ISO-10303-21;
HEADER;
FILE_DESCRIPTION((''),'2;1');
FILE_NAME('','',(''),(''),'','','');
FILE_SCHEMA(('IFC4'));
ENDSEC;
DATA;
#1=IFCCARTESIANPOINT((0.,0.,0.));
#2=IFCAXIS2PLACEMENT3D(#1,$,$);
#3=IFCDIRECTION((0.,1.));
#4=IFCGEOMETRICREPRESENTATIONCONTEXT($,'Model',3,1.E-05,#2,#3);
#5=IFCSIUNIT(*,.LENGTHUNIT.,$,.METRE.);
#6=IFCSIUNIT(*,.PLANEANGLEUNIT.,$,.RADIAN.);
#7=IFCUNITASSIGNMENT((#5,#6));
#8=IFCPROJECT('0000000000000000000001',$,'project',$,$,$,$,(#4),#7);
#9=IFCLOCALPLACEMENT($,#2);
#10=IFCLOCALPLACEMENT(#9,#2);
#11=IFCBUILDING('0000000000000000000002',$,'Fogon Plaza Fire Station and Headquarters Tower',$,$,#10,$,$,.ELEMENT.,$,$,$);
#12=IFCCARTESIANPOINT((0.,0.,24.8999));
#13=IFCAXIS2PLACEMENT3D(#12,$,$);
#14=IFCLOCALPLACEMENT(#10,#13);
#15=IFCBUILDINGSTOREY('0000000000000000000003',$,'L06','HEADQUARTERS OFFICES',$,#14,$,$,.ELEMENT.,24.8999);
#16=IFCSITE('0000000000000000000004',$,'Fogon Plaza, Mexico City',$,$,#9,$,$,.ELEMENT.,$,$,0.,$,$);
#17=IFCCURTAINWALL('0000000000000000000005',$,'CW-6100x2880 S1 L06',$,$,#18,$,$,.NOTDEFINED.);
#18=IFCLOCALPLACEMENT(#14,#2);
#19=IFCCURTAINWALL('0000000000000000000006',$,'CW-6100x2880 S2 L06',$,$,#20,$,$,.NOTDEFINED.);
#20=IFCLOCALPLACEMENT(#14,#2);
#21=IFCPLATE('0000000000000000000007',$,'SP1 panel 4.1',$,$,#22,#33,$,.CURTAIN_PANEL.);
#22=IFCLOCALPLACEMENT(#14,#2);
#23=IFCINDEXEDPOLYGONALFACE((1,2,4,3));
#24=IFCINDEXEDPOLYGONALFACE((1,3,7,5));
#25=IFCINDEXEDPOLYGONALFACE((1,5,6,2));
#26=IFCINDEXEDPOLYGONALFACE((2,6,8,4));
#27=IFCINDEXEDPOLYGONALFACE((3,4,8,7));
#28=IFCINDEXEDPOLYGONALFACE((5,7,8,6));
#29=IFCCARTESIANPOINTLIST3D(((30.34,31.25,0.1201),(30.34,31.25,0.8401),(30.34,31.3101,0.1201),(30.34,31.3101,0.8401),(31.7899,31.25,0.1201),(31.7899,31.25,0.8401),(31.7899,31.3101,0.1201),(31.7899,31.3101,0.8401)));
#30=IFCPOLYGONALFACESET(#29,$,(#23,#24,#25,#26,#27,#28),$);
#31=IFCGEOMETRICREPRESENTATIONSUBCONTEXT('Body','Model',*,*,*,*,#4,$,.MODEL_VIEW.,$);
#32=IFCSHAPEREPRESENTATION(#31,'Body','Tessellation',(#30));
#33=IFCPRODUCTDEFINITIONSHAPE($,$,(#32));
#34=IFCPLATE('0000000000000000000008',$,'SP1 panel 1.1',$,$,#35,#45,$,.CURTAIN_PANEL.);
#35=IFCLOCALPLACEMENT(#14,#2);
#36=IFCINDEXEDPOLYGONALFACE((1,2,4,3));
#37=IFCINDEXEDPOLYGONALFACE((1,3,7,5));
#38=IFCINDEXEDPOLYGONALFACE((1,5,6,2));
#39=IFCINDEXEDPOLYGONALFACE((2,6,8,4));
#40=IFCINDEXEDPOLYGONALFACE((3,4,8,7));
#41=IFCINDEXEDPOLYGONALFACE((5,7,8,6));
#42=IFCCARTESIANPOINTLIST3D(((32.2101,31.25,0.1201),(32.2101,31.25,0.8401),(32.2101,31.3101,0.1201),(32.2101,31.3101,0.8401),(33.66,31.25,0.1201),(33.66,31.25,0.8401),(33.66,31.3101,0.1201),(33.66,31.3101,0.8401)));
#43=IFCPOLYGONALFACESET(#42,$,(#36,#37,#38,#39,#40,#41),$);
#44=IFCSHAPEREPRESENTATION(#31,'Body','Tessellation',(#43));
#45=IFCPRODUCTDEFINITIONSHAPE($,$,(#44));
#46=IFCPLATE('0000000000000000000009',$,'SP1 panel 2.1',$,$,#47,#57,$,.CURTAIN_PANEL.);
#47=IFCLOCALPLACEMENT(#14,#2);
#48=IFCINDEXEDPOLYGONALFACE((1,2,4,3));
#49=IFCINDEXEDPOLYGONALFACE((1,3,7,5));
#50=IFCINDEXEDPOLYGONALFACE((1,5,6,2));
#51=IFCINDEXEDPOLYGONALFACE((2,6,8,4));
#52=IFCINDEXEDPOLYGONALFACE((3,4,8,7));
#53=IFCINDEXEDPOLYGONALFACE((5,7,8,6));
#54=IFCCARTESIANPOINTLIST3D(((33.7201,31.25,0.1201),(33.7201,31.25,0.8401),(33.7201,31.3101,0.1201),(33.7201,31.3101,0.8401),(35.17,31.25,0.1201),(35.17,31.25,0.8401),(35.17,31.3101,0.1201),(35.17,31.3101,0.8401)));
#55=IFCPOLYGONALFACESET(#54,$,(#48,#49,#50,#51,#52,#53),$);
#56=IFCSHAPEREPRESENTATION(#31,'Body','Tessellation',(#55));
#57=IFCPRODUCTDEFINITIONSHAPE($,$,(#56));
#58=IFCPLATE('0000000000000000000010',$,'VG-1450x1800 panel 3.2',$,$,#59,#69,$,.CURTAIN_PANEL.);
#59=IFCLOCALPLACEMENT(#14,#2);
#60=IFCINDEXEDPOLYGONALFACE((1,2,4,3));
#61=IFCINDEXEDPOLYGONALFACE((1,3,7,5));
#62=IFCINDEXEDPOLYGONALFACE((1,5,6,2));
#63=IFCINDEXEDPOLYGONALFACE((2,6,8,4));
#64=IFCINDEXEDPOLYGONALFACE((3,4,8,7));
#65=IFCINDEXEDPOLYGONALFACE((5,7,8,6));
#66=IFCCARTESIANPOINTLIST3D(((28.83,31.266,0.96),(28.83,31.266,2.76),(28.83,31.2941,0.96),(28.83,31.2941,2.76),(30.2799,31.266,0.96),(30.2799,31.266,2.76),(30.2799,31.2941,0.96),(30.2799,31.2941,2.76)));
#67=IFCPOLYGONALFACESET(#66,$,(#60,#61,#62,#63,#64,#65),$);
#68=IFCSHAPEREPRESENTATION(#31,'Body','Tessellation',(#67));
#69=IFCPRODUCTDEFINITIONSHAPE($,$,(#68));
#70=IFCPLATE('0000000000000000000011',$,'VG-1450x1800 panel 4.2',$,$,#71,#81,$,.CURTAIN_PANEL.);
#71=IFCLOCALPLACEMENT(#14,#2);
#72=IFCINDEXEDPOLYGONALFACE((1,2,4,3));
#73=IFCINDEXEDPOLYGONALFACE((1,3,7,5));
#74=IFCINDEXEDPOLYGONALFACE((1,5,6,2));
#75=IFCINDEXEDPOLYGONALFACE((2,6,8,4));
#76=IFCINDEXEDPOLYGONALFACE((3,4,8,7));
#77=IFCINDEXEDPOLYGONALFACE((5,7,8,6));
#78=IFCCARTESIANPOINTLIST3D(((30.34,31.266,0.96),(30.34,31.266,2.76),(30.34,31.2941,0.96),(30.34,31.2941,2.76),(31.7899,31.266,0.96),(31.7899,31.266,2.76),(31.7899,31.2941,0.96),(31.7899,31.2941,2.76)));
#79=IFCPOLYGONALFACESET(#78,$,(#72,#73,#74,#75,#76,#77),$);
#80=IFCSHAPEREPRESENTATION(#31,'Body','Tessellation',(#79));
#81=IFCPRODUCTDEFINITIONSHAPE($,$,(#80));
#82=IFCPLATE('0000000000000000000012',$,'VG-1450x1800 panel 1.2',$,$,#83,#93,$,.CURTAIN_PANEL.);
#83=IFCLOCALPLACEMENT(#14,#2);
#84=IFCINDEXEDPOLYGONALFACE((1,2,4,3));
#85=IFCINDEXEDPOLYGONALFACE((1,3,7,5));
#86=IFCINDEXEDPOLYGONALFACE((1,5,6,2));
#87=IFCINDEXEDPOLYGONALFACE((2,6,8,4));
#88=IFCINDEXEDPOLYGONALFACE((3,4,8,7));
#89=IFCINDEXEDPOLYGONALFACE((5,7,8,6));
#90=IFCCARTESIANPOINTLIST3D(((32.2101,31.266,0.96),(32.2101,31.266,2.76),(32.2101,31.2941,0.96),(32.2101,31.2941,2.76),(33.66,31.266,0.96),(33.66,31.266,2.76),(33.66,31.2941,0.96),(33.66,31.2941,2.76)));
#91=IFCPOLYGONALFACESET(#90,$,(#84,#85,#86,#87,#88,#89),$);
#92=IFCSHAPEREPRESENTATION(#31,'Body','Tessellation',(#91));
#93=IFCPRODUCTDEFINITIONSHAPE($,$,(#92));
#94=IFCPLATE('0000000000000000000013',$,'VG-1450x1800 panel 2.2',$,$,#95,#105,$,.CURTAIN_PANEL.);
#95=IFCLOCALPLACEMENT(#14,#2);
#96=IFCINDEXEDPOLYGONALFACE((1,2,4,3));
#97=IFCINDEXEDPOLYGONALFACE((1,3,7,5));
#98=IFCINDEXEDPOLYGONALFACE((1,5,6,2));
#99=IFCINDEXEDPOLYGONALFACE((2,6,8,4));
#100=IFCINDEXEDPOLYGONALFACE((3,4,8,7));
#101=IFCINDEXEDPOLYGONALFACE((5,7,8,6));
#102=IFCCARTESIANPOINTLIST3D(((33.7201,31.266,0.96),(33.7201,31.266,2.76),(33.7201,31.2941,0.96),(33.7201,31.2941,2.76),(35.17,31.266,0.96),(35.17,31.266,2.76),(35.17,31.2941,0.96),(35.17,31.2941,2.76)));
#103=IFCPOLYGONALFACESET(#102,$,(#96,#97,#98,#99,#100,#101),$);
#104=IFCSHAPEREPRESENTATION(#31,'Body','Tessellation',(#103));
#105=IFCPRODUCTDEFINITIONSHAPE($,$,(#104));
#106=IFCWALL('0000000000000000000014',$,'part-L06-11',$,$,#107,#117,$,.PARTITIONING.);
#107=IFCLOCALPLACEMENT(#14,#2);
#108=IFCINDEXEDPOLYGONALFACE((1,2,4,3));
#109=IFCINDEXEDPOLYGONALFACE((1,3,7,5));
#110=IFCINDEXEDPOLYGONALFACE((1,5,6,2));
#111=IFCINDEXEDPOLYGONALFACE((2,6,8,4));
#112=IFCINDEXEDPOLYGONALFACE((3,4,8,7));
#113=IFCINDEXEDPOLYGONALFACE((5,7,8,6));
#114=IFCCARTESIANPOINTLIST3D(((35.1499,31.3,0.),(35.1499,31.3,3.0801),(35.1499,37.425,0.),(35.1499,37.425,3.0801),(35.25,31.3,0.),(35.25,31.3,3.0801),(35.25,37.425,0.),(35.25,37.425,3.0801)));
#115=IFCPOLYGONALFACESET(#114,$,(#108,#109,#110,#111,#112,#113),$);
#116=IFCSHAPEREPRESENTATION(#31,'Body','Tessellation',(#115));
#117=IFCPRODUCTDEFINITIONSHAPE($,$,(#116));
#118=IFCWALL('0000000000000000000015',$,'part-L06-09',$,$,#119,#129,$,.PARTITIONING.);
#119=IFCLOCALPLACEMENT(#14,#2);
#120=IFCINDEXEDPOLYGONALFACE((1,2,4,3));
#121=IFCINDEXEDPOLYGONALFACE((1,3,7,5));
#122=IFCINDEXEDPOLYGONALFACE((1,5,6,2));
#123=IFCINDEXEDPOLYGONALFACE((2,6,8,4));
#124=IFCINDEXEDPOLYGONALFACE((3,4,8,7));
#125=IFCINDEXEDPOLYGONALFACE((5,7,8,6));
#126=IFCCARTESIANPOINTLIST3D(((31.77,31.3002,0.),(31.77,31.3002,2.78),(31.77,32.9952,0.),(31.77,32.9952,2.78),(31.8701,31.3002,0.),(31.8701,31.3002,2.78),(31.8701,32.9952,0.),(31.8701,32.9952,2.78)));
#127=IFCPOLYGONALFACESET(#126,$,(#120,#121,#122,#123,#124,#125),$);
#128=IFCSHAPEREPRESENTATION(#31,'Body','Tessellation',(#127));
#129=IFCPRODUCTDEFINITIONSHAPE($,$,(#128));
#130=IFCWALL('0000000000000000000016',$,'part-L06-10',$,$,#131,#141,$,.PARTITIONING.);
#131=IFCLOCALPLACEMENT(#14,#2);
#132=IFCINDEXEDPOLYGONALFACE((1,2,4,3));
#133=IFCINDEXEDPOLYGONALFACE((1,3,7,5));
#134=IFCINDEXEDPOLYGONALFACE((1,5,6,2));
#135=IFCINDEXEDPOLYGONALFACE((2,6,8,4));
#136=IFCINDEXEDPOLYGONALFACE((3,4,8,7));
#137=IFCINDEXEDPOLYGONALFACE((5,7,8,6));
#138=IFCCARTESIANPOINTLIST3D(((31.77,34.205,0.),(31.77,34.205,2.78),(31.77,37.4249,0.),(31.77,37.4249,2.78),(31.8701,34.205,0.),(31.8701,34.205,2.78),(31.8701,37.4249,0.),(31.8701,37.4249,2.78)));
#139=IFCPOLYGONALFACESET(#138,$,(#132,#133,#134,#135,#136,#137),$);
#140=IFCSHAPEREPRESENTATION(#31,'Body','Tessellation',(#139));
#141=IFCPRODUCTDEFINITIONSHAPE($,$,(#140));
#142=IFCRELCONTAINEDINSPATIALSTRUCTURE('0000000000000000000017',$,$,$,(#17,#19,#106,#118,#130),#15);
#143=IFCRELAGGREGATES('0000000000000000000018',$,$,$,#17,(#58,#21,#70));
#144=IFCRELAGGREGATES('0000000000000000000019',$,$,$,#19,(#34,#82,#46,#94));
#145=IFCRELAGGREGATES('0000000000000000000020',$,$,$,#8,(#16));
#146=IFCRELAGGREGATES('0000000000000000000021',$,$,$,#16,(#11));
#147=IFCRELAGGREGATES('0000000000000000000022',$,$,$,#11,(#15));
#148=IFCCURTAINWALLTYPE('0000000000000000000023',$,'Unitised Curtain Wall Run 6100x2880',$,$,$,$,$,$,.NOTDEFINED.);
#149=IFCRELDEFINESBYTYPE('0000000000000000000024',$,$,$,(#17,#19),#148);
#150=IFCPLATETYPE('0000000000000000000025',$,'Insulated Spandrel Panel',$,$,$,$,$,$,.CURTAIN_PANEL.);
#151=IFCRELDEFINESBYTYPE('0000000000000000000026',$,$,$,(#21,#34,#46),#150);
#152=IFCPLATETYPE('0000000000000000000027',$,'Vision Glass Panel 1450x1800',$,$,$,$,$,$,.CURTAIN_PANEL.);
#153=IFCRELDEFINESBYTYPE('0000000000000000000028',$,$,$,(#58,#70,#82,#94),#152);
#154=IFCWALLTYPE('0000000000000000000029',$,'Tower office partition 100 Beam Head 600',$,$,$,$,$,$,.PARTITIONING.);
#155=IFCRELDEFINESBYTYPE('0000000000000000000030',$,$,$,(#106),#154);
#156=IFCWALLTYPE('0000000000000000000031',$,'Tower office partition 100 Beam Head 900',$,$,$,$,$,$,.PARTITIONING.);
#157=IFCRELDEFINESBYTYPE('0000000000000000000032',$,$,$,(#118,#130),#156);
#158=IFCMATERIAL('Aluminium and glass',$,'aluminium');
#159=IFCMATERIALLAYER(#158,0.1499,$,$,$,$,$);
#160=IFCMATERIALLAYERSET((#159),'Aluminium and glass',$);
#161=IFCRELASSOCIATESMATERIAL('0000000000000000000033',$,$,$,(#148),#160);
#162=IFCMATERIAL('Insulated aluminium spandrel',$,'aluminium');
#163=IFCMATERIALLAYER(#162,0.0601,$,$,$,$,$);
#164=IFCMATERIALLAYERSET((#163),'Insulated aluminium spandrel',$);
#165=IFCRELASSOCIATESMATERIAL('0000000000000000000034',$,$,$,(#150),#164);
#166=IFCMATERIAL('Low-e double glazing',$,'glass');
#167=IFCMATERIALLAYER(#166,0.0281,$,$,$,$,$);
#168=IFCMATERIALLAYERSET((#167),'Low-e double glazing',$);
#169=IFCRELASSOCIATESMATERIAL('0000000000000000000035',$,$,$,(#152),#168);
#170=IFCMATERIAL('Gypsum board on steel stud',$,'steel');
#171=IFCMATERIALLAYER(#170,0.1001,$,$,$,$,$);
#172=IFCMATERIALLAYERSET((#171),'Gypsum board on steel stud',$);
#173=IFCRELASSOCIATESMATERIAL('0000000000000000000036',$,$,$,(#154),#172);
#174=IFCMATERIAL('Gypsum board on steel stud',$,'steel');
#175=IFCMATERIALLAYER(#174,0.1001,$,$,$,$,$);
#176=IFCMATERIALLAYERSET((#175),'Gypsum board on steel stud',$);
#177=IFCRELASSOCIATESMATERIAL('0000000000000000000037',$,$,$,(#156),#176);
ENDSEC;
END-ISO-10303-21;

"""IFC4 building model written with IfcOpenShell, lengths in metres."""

from ifc_helpers import new_model, si_unit, direction, frame, frame_2d, origin, origin_2d, place, context, subcontext, project, spatial, rectangle, extrude, material, layer, layer_set, type_object, element, aggregate, save


model = new_model("IFC4")

# Units and contexts
model_context = context("Model", 3, precision=1e-05, world=origin(), true_north=direction((0.0, 1.0)))
body_context = subcontext(model_context, "Body", "Model", "MODEL_VIEW")
ifc_project = project(units=[si_unit("LENGTHUNIT", "METRE"), si_unit("PLANEANGLEUNIT", "RADIAN")], contexts=[model_context])

# Site, building, storey
site_placement = place(None, origin())
site = spatial("IfcSite", under=ifc_project, at=site_placement, Name="Fogon Plaza, Mexico City", CompositionType="ELEMENT", RefElevation=0.0)
building_placement = place(site_placement, origin())
building = spatial("IfcBuilding", under=site, at=building_placement, Name="Fogon Plaza Fire Station and Headquarters Tower", CompositionType="ELEMENT")
storey_placement = place(building_placement, frame((0.0, 0.0, 24.8999)))
storey = spatial("IfcBuildingStorey", under=building, at=storey_placement, Name="L06", Description="HEADQUARTERS OFFICES", CompositionType="ELEMENT", Elevation=24.8999)

# Curtain walls
ifc_material_1 = material(Name="Aluminium and glass", Category="aluminium")
ifc_layer_1 = layer(ifc_material_1, 0.1499)
ifc_layer_set_1 = layer_set([ifc_layer_1], Name="Aluminium and glass")
curtain_wall_type = type_object("IfcCurtainWallType", Name="Unitised Curtain Wall Run 6100x2880", PredefinedType="NOTDEFINED", material=ifc_layer_set_1)
curtain_wall_1_placement = place(storey_placement, origin())
curtain_wall_1 = element("IfcCurtainWall", 1, at=curtain_wall_1_placement, inside=storey, type_object=curtain_wall_type, Name="CW-6100x2880 S1 L06", PredefinedType="NOTDEFINED")
curtain_wall_2_placement = place(storey_placement, origin())
curtain_wall_2 = element("IfcCurtainWall", 2, at=curtain_wall_2_placement, inside=storey, type_object=curtain_wall_type, Name="CW-6100x2880 S2 L06", PredefinedType="NOTDEFINED")

# Plates
ifc_material_2 = material(Name="Insulated aluminium spandrel", Category="aluminium")
ifc_layer_2 = layer(ifc_material_2, 0.0601)
ifc_layer_set_2 = layer_set([ifc_layer_2], Name="Insulated aluminium spandrel")
plate_type_1 = type_object("IfcPlateType", Name="Insulated Spandrel Panel", PredefinedType="CURTAIN_PANEL", material=ifc_layer_set_2)
plate_1_placement = place(storey_placement, frame((31.0649, 31.28, 0.1201), z_axis=(0.0, 0.0, 1.0), x_axis=(1.0, 0.0, 0.0)))
plate_1 = element("IfcPlate", 3, at=plate_1_placement, type_object=plate_type_1, Name="SP1 panel 4.1", PredefinedType="CURTAIN_PANEL", context=body_context, shape_type="SweptSolid", body=[
    extrude(rectangle(XDim=1.45, YDim=0.0601, at=origin_2d()), origin(), (0.0, 0.0, 1.0), 0.72),
])
plate_2_placement = place(storey_placement, frame((32.9351, 31.28, 0.1201), z_axis=(0.0, 0.0, 1.0), x_axis=(1.0, 0.0, 0.0)))
plate_2 = element("IfcPlate", 4, at=plate_2_placement, type_object=plate_type_1, Name="SP1 panel 1.1", PredefinedType="CURTAIN_PANEL", context=body_context, shape_type="SweptSolid", body=[
    extrude(rectangle(XDim=1.45, YDim=0.0601, at=origin_2d()), origin(), (0.0, 0.0, 1.0), 0.72),
])
plate_3_placement = place(storey_placement, frame((34.4451, 31.28, 0.1201), z_axis=(0.0, 0.0, 1.0), x_axis=(1.0, 0.0, 0.0)))
plate_3 = element("IfcPlate", 5, at=plate_3_placement, type_object=plate_type_1, Name="SP1 panel 2.1", PredefinedType="CURTAIN_PANEL", context=body_context, shape_type="SweptSolid", body=[
    extrude(rectangle(XDim=1.45, YDim=0.0601, at=origin_2d()), origin(), (0.0, 0.0, 1.0), 0.72),
])
ifc_material_3 = material(Name="Low-e double glazing", Category="glass")
ifc_layer_3 = layer(ifc_material_3, 0.0281)
ifc_layer_set_3 = layer_set([ifc_layer_3], Name="Low-e double glazing")
plate_type_2 = type_object("IfcPlateType", Name="Vision Glass Panel 1450x1800", PredefinedType="CURTAIN_PANEL", material=ifc_layer_set_3)
plate_4_placement = place(storey_placement, frame((29.5549, 31.28, 0.96), z_axis=(0.0, 0.0, 1.0), x_axis=(1.0, 0.0, 0.0)))
plate_4 = element("IfcPlate", 6, at=plate_4_placement, type_object=plate_type_2, Name="VG-1450x1800 panel 3.2", PredefinedType="CURTAIN_PANEL", context=body_context, shape_type="SweptSolid", body=[
    extrude(rectangle(XDim=1.45, YDim=0.0281, at=origin_2d()), origin(), (0.0, 0.0, 1.0), 1.8),
])
plate_5_placement = place(storey_placement, frame((31.0649, 31.28, 0.96), z_axis=(0.0, 0.0, 1.0), x_axis=(1.0, 0.0, 0.0)))
plate_5 = element("IfcPlate", 7, at=plate_5_placement, type_object=plate_type_2, Name="VG-1450x1800 panel 4.2", PredefinedType="CURTAIN_PANEL", context=body_context, shape_type="SweptSolid", body=[
    extrude(rectangle(XDim=1.45, YDim=0.0281, at=origin_2d()), origin(), (0.0, 0.0, 1.0), 1.8),
])
aggregate(curtain_wall_1, [plate_4, plate_1, plate_5])
plate_6_placement = place(storey_placement, frame((32.9351, 31.28, 0.96), z_axis=(0.0, 0.0, 1.0), x_axis=(1.0, 0.0, 0.0)))
plate_6 = element("IfcPlate", 8, at=plate_6_placement, type_object=plate_type_2, Name="VG-1450x1800 panel 1.2", PredefinedType="CURTAIN_PANEL", context=body_context, shape_type="SweptSolid", body=[
    extrude(rectangle(XDim=1.45, YDim=0.0281, at=origin_2d()), origin(), (0.0, 0.0, 1.0), 1.8),
])
plate_7_placement = place(storey_placement, frame((34.4451, 31.28, 0.96), z_axis=(0.0, 0.0, 1.0), x_axis=(1.0, 0.0, 0.0)))
plate_7 = element("IfcPlate", 9, at=plate_7_placement, type_object=plate_type_2, Name="VG-1450x1800 panel 2.2", PredefinedType="CURTAIN_PANEL", context=body_context, shape_type="SweptSolid", body=[
    extrude(rectangle(XDim=1.45, YDim=0.0281, at=origin_2d()), origin(), (0.0, 0.0, 1.0), 1.8),
])
aggregate(curtain_wall_2, [plate_2, plate_6, plate_3, plate_7])

# Walls
ifc_material_4 = material(Name="Gypsum board on steel stud", Category="steel")
ifc_layer_4 = layer(ifc_material_4, 0.1001)
ifc_layer_set_4 = layer_set([ifc_layer_4], Name="Gypsum board on steel stud")
wall_type_1 = type_object("IfcWallType", Name="Tower office partition 100 Beam Head 600", PredefinedType="PARTITIONING", material=ifc_layer_set_4)
wall_1_placement = place(storey_placement, frame((35.2, 31.3, 0.0), z_axis=(0.0, 0.0, 1.0), x_axis=(0.0, 1.0, 0.0)))
element("IfcWall", 10, at=wall_1_placement, inside=storey, type_object=wall_type_1, Name="part-L06-11", PredefinedType="PARTITIONING", context=body_context, shape_type="SweptSolid", body=[
    extrude(rectangle(XDim=6.125, YDim=0.1001, at=frame_2d((3.0625, 0.0))), origin(), (0.0, 0.0, 1.0), 3.0801),
])
ifc_material_5 = material(Name="Gypsum board on steel stud", Category="steel")
ifc_layer_5 = layer(ifc_material_5, 0.1001)
ifc_layer_set_5 = layer_set([ifc_layer_5], Name="Gypsum board on steel stud")
wall_type_2 = type_object("IfcWallType", Name="Tower office partition 100 Beam Head 900", PredefinedType="PARTITIONING", material=ifc_layer_set_5)
wall_2_placement = place(storey_placement, frame((31.8201, 31.3, 0.0), z_axis=(0.0, 0.0, 1.0), x_axis=(0.0, 1.0, 0.0)))
element("IfcWall", 11, at=wall_2_placement, inside=storey, type_object=wall_type_2, Name="part-L06-09", PredefinedType="PARTITIONING", context=body_context, shape_type="SweptSolid", body=[
    extrude(rectangle(XDim=1.6951, YDim=0.1001, at=frame_2d((0.8477, 0.0))), origin(), (0.0, 0.0, 1.0), 2.78),
])
wall_3_placement = place(storey_placement, frame((31.8201, 34.2051, 0.0), z_axis=(0.0, 0.0, 1.0), x_axis=(0.0, 1.0, 0.0)))
element("IfcWall", 12, at=wall_3_placement, inside=storey, type_object=wall_type_2, Name="part-L06-10", PredefinedType="PARTITIONING", context=body_context, shape_type="SweptSolid", body=[
    extrude(rectangle(XDim=3.22, YDim=0.1001, at=frame_2d((1.6099, 0.0))), origin(), (0.0, 0.0, 1.0), 2.78),
])

save(model, "model.ifc")
